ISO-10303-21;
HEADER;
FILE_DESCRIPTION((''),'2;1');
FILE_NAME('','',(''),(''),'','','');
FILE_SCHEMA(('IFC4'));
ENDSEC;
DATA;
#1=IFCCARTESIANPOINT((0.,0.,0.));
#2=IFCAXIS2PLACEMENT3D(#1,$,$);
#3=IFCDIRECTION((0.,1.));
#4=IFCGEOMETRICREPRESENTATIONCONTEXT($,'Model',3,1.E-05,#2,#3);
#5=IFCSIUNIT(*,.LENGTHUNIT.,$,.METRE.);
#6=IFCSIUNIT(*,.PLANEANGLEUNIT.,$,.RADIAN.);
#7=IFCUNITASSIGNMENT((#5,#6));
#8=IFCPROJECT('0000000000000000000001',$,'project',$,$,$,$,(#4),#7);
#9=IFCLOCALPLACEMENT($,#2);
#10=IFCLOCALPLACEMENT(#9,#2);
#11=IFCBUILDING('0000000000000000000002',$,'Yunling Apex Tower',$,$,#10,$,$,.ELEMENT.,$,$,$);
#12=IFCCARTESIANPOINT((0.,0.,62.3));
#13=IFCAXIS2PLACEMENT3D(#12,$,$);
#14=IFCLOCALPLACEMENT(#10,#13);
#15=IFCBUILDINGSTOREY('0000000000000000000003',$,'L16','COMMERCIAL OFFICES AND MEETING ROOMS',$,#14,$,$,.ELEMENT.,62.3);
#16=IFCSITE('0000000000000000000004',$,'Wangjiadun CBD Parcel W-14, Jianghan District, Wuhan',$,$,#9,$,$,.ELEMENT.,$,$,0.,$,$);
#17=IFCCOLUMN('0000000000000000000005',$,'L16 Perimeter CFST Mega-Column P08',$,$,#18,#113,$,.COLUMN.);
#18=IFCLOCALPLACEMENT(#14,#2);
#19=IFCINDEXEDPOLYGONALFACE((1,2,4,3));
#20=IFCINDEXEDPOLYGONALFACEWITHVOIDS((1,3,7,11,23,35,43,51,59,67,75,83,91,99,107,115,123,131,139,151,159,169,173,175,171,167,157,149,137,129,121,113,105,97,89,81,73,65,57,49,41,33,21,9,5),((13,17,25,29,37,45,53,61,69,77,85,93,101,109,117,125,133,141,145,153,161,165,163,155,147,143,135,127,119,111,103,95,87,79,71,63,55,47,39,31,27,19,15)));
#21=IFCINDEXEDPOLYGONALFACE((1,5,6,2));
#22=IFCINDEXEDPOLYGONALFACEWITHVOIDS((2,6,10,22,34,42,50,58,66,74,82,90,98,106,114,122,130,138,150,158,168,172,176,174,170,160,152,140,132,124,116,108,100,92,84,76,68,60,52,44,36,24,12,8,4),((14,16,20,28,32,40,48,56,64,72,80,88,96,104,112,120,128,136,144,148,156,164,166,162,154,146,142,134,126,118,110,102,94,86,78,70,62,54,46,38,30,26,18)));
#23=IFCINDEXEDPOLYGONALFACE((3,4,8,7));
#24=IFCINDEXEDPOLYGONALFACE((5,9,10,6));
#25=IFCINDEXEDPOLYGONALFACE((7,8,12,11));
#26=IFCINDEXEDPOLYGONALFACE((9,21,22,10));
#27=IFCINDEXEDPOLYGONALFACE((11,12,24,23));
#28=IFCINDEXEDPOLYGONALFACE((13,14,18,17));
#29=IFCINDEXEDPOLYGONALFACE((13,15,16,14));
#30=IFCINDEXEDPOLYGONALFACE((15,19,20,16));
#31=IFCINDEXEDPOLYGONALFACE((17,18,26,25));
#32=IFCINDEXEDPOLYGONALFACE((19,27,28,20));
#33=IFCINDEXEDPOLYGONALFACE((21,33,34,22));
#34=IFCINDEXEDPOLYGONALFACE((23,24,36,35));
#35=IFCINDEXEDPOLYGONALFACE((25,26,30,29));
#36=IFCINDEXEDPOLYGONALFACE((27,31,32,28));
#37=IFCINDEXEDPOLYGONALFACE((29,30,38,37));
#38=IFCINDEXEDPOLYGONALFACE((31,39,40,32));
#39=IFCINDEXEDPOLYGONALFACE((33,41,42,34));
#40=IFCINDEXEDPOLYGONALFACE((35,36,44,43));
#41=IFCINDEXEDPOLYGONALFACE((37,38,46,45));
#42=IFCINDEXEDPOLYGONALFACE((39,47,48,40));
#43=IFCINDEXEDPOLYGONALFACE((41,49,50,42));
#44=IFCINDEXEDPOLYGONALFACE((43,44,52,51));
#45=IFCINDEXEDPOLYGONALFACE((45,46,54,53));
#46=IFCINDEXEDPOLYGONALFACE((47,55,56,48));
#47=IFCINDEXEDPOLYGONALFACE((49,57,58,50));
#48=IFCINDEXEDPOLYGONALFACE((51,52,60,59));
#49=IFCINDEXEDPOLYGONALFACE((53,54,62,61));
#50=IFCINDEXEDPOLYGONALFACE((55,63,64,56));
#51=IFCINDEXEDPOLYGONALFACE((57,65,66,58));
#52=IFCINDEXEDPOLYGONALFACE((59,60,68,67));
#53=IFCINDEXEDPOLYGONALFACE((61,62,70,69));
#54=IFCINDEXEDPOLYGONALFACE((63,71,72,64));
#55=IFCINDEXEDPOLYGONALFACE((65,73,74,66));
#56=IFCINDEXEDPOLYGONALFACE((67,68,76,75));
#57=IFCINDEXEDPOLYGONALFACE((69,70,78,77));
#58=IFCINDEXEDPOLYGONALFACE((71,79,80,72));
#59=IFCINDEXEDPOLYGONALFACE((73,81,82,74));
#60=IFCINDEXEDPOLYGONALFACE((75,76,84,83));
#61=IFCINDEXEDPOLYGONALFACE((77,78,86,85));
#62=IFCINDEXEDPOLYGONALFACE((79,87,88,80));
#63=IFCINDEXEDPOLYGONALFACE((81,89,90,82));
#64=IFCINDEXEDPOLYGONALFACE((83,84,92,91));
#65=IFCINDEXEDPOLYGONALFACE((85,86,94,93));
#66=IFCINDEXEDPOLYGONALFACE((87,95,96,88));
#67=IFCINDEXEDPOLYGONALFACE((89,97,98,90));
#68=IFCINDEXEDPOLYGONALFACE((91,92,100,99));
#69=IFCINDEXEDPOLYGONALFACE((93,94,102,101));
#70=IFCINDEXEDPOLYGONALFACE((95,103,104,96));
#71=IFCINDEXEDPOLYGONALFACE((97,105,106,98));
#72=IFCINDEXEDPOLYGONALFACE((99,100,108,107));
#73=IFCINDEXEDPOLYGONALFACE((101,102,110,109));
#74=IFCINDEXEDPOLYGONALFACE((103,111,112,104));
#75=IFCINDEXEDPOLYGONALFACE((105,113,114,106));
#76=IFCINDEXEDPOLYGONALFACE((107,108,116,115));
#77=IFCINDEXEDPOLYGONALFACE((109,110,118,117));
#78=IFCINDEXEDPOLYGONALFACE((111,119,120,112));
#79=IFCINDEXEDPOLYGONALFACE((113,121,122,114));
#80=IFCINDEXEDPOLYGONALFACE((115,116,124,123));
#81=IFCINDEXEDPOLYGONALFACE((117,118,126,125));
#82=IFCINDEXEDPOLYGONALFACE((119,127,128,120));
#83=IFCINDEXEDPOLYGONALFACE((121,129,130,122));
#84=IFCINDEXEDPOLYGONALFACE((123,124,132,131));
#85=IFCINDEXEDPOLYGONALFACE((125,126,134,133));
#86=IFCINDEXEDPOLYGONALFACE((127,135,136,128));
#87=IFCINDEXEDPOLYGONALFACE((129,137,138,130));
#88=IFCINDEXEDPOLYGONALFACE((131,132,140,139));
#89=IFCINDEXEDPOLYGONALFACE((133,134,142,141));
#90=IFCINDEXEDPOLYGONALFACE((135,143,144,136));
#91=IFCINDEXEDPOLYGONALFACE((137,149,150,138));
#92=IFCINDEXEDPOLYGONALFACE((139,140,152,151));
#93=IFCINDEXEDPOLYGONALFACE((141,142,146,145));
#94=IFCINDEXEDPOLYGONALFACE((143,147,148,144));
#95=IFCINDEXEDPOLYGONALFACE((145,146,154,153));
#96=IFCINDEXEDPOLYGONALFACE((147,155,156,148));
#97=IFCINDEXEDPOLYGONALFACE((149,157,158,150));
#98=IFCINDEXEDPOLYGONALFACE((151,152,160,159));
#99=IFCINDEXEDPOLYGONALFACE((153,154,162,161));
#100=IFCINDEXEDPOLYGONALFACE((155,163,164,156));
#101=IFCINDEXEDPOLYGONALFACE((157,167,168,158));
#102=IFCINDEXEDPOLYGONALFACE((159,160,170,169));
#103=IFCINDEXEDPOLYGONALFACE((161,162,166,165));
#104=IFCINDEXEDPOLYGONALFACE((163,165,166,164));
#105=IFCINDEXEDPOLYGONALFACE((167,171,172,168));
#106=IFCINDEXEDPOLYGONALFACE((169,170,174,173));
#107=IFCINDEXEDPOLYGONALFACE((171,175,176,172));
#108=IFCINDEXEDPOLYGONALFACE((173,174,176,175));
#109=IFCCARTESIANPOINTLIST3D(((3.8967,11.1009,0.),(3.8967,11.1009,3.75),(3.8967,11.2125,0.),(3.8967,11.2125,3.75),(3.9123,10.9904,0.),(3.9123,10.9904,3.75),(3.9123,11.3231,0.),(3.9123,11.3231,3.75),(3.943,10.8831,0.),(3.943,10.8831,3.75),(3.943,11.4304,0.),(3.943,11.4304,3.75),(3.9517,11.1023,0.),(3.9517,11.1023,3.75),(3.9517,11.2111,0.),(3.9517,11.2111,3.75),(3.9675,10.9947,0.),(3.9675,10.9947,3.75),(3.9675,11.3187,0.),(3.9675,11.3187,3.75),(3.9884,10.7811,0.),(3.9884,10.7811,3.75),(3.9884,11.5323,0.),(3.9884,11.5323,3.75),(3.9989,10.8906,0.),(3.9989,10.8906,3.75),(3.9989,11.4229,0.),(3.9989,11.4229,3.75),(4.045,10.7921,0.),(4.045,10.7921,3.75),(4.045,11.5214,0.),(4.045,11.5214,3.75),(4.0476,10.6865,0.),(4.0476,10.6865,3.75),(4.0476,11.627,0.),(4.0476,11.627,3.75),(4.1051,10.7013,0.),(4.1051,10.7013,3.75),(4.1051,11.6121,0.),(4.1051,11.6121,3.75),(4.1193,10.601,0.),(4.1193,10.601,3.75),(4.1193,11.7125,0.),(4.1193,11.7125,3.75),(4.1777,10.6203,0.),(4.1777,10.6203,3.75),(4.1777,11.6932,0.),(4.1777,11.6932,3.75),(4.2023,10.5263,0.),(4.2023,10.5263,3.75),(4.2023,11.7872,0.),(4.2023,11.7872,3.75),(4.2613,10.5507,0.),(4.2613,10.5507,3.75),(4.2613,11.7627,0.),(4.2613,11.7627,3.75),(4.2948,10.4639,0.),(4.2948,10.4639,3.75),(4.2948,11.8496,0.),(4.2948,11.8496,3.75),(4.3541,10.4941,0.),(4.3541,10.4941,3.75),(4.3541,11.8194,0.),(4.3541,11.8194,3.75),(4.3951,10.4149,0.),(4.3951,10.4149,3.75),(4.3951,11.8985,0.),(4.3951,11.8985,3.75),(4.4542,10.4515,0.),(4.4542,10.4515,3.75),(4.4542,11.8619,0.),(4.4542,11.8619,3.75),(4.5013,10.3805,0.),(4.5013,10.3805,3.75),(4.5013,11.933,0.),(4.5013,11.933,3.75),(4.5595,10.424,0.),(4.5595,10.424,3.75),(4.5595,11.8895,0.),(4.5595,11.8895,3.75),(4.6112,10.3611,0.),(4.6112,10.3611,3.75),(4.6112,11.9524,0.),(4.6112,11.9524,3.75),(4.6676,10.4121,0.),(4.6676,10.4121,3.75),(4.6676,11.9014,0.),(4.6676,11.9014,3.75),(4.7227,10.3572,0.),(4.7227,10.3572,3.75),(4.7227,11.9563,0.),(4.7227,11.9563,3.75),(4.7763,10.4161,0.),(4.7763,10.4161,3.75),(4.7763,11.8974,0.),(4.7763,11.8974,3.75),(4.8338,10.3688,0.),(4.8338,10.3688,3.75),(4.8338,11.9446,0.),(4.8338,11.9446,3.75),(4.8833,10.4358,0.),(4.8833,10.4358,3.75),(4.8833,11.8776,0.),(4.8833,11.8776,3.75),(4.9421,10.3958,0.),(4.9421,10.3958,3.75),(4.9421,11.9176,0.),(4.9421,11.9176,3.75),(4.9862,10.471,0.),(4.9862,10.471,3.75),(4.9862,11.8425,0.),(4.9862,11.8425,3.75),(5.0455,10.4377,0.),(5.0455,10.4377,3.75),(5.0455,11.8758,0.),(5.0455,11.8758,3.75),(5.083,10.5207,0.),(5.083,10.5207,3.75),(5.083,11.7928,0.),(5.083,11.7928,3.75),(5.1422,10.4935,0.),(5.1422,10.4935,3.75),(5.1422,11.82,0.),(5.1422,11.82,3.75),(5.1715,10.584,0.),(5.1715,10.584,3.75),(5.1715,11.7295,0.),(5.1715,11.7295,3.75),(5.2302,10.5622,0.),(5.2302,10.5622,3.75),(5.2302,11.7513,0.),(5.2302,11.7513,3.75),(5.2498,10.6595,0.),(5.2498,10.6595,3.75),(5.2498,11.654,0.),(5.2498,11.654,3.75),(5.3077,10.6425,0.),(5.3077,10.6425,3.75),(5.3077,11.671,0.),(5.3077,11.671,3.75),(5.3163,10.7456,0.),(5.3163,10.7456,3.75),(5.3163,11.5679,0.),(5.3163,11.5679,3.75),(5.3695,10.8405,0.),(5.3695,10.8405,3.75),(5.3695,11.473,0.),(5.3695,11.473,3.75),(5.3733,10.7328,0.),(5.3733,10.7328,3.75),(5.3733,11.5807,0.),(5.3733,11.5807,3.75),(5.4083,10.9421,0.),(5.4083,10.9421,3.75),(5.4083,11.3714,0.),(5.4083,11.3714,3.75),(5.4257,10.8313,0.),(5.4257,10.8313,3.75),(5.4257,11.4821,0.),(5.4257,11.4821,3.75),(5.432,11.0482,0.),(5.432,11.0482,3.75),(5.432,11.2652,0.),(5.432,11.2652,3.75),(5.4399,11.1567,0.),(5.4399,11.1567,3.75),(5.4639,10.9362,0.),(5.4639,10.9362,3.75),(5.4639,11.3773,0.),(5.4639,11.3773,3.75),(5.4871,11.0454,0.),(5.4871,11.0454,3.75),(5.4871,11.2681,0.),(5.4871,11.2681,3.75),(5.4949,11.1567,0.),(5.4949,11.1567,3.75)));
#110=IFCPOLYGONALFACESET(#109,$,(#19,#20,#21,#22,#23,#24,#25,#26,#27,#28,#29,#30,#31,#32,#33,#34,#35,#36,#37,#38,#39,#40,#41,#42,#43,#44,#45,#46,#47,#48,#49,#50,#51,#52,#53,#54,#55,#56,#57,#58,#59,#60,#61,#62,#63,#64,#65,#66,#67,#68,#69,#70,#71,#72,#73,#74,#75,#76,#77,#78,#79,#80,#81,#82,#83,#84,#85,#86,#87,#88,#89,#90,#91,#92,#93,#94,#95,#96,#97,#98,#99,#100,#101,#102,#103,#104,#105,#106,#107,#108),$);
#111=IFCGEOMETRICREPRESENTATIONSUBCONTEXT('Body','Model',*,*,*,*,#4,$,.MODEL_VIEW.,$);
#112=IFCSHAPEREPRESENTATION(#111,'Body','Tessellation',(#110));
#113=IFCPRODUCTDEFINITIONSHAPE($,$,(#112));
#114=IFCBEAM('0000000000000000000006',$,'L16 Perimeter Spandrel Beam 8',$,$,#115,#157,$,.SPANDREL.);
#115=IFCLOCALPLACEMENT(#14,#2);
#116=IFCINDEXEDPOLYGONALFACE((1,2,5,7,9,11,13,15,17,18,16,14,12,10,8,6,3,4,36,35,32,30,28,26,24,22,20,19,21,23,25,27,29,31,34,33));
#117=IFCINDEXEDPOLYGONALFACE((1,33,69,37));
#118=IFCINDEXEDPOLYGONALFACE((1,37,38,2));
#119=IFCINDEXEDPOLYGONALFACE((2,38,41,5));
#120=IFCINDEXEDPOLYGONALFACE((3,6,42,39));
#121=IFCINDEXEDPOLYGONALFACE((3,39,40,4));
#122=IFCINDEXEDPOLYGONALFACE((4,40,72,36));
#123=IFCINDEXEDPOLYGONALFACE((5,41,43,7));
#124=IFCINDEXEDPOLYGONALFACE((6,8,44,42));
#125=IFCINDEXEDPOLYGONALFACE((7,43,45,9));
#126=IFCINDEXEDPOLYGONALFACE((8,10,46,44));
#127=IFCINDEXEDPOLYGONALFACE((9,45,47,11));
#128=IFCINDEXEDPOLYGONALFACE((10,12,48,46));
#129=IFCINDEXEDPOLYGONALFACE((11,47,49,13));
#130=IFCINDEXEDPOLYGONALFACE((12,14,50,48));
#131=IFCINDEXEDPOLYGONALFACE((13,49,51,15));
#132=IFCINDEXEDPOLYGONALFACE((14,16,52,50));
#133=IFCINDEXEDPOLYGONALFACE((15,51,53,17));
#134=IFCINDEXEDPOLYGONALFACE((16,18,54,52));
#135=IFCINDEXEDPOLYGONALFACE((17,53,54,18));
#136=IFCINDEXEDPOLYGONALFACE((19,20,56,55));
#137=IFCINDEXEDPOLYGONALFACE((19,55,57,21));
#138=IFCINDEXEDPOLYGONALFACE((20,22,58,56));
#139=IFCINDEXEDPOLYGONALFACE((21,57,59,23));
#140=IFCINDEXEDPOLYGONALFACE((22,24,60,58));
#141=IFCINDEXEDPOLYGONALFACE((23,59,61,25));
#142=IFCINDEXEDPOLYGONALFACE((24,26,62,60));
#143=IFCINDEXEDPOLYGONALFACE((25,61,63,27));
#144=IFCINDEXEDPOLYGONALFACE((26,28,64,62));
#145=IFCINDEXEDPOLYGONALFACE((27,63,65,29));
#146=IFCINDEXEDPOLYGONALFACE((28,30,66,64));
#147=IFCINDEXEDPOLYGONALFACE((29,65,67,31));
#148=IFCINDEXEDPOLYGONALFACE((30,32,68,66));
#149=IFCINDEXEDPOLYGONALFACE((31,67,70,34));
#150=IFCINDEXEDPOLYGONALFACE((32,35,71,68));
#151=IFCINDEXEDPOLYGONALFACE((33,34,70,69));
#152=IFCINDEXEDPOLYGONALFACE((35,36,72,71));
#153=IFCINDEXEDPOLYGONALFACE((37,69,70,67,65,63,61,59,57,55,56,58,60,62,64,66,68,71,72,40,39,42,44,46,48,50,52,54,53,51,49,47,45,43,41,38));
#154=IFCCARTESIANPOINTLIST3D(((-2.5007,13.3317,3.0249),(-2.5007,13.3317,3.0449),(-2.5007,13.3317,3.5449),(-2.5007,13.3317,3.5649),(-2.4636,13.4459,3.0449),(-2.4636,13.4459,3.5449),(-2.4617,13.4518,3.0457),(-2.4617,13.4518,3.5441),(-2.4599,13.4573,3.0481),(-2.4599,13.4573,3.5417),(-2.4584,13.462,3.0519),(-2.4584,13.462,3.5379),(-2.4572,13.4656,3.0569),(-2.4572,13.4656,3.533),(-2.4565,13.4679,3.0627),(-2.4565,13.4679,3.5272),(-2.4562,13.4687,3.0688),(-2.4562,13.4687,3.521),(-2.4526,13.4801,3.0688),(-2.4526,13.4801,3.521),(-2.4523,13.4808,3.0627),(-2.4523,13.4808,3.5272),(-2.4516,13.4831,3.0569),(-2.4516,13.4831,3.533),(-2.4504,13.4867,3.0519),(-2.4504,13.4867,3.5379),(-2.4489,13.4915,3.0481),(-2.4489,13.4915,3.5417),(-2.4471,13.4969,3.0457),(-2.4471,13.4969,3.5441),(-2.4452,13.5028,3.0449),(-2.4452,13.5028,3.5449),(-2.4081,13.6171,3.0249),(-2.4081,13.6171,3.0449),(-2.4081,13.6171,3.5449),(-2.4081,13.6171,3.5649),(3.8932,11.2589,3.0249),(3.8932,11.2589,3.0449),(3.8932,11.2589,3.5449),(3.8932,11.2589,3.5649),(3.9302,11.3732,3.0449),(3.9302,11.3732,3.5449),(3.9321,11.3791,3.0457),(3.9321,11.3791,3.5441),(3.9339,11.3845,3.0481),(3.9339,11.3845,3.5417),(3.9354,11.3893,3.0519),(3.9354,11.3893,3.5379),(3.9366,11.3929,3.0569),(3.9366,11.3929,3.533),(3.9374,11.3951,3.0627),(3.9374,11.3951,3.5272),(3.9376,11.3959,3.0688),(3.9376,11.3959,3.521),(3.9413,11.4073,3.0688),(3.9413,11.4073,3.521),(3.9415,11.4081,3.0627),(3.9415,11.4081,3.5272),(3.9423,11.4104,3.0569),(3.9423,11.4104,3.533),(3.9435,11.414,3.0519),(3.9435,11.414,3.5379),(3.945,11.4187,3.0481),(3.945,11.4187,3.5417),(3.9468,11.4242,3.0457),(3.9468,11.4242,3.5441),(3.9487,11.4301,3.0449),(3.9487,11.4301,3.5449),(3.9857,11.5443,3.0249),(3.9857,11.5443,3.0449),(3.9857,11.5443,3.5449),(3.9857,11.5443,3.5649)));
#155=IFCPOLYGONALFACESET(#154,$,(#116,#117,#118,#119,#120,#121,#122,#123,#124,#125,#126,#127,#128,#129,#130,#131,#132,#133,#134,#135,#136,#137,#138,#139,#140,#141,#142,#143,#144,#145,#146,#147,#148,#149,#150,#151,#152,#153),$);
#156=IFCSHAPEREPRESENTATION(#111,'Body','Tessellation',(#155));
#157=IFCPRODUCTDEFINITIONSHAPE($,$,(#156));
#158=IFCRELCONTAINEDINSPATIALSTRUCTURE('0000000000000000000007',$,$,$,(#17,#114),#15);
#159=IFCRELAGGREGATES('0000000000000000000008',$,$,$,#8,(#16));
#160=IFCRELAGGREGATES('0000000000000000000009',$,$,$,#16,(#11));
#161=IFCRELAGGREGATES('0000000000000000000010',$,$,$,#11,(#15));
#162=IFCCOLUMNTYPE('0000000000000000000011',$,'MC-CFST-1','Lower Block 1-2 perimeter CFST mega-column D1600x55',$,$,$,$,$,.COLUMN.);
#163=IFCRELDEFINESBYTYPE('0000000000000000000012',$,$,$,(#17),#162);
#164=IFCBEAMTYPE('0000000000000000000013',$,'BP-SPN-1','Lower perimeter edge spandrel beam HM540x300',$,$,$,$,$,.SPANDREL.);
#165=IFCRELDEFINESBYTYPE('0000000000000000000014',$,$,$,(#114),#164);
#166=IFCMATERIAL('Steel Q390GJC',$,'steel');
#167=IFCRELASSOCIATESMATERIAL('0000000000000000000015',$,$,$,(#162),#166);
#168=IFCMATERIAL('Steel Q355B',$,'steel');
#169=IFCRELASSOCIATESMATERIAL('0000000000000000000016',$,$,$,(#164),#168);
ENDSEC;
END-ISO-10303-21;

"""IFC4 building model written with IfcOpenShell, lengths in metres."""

from ifc_helpers import new_model, si_unit, direction, frame, origin, origin_2d, place, context, subcontext, project, spatial, hollow_circle, i_section, extrude, source, transform, mapped, material, material_profile, profile_set, type_object, element, save


model = new_model("IFC4")

# Units and contexts
model_context = context("Model", 3, precision=1e-05, world=origin(), true_north=direction((0.0, 1.0)))
body_context = subcontext(model_context, "Body", "Model", "MODEL_VIEW")
ifc_project = project(units=[si_unit("LENGTHUNIT", "METRE"), si_unit("PLANEANGLEUNIT", "RADIAN")], contexts=[model_context])

# Site, building, storey
site_placement = place(None, origin())
site = spatial("IfcSite", under=ifc_project, at=site_placement, Name="Wangjiadun CBD Parcel W-14, Jianghan District, Wuhan", CompositionType="ELEMENT", RefElevation=0.0)
building_placement = place(site_placement, origin())
building = spatial("IfcBuilding", under=site, at=building_placement, Name="Yunling Apex Tower", CompositionType="ELEMENT")
storey_placement = place(building_placement, frame((0.0, 0.0, 62.3)))
storey = spatial("IfcBuildingStorey", under=building, at=storey_placement, Name="L16", Description="COMMERCIAL OFFICES AND MEETING ROOMS", CompositionType="ELEMENT", Elevation=62.3)

# Column
ifc_material_1 = material(Name="Steel Q390GJC", Category="steel")
ifc_material_profile_1 = material_profile(ifc_material_1, hollow_circle(Radius=0.8, WallThickness=0.0549, at=origin_2d()))
ifc_profile_set_1 = profile_set([ifc_material_profile_1], Name="Steel Q390GJC")
column_type = type_object("IfcColumnType", Name="MC-CFST-1", Description="Lower Block 1-2 perimeter CFST mega-column D1600x55", PredefinedType="COLUMN", material=ifc_profile_set_1)
shared_shape_1 = source(origin(), body_context, "Body", "SweptSolid", [
    extrude(hollow_circle(Radius=0.8, WallThickness=0.0549, at=origin_2d()), origin(), (0.0, 0.0, 1.0), 3.75),
])
column_placement = place(storey_placement, frame((4.6948, 11.1567, 0.0), z_axis=(0.0, 0.0, 1.0), x_axis=(1.0, 0.0, 0.0)))
element("IfcColumn", 1, at=column_placement, inside=storey, type_object=column_type, Name="L16 Perimeter CFST Mega-Column P08", PredefinedType="COLUMN", context=body_context, shape_type="MappedRepresentation", body=[
    mapped(shared_shape_1, transform((0.0, 0.0, 0.0), scale=1.0)),
])

# Beam
ifc_material_2 = material(Name="Steel Q355B", Category="steel")
ifc_material_profile_2 = material_profile(ifc_material_2, i_section(OverallWidth=0.3, OverallDepth=0.54, WebThickness=0.012, FlangeThickness=0.02, FilletRadius=0.0239, at=origin_2d()))
ifc_profile_set_2 = profile_set([ifc_material_profile_2], Name="Steel Q355B")
beam_type_1 = type_object("IfcBeamType", Name="BP-SPN-1", Description="Lower perimeter edge spandrel beam HM540x300", PredefinedType="SPANDREL", material=ifc_profile_set_2)
shared_shape_2 = source(origin(), body_context, "Body", "SweptSolid", [
    extrude(i_section(OverallWidth=0.3, OverallDepth=0.54, WebThickness=0.012, FlangeThickness=0.02, FilletRadius=0.0239, at=origin_2d()), origin(), (0.0, 0.0, 1.0), 6.7214),
])
beam_1_placement = place(storey_placement, frame((3.9395, 11.4016, 3.2949), z_axis=(-0.951263, 0.308382, 0.0), x_axis=(-0.308382, -0.951263, 0.0)))
element("IfcBeam", 2, at=beam_1_placement, inside=storey, type_object=beam_type_1, Name="L16 Perimeter Spandrel Beam 8", PredefinedType="SPANDREL", context=body_context, shape_type="MappedRepresentation", body=[
    mapped(shared_shape_2, transform((0.0, 0.0, 0.0), scale=1.0)),
])

save(model, "model.ifc")
